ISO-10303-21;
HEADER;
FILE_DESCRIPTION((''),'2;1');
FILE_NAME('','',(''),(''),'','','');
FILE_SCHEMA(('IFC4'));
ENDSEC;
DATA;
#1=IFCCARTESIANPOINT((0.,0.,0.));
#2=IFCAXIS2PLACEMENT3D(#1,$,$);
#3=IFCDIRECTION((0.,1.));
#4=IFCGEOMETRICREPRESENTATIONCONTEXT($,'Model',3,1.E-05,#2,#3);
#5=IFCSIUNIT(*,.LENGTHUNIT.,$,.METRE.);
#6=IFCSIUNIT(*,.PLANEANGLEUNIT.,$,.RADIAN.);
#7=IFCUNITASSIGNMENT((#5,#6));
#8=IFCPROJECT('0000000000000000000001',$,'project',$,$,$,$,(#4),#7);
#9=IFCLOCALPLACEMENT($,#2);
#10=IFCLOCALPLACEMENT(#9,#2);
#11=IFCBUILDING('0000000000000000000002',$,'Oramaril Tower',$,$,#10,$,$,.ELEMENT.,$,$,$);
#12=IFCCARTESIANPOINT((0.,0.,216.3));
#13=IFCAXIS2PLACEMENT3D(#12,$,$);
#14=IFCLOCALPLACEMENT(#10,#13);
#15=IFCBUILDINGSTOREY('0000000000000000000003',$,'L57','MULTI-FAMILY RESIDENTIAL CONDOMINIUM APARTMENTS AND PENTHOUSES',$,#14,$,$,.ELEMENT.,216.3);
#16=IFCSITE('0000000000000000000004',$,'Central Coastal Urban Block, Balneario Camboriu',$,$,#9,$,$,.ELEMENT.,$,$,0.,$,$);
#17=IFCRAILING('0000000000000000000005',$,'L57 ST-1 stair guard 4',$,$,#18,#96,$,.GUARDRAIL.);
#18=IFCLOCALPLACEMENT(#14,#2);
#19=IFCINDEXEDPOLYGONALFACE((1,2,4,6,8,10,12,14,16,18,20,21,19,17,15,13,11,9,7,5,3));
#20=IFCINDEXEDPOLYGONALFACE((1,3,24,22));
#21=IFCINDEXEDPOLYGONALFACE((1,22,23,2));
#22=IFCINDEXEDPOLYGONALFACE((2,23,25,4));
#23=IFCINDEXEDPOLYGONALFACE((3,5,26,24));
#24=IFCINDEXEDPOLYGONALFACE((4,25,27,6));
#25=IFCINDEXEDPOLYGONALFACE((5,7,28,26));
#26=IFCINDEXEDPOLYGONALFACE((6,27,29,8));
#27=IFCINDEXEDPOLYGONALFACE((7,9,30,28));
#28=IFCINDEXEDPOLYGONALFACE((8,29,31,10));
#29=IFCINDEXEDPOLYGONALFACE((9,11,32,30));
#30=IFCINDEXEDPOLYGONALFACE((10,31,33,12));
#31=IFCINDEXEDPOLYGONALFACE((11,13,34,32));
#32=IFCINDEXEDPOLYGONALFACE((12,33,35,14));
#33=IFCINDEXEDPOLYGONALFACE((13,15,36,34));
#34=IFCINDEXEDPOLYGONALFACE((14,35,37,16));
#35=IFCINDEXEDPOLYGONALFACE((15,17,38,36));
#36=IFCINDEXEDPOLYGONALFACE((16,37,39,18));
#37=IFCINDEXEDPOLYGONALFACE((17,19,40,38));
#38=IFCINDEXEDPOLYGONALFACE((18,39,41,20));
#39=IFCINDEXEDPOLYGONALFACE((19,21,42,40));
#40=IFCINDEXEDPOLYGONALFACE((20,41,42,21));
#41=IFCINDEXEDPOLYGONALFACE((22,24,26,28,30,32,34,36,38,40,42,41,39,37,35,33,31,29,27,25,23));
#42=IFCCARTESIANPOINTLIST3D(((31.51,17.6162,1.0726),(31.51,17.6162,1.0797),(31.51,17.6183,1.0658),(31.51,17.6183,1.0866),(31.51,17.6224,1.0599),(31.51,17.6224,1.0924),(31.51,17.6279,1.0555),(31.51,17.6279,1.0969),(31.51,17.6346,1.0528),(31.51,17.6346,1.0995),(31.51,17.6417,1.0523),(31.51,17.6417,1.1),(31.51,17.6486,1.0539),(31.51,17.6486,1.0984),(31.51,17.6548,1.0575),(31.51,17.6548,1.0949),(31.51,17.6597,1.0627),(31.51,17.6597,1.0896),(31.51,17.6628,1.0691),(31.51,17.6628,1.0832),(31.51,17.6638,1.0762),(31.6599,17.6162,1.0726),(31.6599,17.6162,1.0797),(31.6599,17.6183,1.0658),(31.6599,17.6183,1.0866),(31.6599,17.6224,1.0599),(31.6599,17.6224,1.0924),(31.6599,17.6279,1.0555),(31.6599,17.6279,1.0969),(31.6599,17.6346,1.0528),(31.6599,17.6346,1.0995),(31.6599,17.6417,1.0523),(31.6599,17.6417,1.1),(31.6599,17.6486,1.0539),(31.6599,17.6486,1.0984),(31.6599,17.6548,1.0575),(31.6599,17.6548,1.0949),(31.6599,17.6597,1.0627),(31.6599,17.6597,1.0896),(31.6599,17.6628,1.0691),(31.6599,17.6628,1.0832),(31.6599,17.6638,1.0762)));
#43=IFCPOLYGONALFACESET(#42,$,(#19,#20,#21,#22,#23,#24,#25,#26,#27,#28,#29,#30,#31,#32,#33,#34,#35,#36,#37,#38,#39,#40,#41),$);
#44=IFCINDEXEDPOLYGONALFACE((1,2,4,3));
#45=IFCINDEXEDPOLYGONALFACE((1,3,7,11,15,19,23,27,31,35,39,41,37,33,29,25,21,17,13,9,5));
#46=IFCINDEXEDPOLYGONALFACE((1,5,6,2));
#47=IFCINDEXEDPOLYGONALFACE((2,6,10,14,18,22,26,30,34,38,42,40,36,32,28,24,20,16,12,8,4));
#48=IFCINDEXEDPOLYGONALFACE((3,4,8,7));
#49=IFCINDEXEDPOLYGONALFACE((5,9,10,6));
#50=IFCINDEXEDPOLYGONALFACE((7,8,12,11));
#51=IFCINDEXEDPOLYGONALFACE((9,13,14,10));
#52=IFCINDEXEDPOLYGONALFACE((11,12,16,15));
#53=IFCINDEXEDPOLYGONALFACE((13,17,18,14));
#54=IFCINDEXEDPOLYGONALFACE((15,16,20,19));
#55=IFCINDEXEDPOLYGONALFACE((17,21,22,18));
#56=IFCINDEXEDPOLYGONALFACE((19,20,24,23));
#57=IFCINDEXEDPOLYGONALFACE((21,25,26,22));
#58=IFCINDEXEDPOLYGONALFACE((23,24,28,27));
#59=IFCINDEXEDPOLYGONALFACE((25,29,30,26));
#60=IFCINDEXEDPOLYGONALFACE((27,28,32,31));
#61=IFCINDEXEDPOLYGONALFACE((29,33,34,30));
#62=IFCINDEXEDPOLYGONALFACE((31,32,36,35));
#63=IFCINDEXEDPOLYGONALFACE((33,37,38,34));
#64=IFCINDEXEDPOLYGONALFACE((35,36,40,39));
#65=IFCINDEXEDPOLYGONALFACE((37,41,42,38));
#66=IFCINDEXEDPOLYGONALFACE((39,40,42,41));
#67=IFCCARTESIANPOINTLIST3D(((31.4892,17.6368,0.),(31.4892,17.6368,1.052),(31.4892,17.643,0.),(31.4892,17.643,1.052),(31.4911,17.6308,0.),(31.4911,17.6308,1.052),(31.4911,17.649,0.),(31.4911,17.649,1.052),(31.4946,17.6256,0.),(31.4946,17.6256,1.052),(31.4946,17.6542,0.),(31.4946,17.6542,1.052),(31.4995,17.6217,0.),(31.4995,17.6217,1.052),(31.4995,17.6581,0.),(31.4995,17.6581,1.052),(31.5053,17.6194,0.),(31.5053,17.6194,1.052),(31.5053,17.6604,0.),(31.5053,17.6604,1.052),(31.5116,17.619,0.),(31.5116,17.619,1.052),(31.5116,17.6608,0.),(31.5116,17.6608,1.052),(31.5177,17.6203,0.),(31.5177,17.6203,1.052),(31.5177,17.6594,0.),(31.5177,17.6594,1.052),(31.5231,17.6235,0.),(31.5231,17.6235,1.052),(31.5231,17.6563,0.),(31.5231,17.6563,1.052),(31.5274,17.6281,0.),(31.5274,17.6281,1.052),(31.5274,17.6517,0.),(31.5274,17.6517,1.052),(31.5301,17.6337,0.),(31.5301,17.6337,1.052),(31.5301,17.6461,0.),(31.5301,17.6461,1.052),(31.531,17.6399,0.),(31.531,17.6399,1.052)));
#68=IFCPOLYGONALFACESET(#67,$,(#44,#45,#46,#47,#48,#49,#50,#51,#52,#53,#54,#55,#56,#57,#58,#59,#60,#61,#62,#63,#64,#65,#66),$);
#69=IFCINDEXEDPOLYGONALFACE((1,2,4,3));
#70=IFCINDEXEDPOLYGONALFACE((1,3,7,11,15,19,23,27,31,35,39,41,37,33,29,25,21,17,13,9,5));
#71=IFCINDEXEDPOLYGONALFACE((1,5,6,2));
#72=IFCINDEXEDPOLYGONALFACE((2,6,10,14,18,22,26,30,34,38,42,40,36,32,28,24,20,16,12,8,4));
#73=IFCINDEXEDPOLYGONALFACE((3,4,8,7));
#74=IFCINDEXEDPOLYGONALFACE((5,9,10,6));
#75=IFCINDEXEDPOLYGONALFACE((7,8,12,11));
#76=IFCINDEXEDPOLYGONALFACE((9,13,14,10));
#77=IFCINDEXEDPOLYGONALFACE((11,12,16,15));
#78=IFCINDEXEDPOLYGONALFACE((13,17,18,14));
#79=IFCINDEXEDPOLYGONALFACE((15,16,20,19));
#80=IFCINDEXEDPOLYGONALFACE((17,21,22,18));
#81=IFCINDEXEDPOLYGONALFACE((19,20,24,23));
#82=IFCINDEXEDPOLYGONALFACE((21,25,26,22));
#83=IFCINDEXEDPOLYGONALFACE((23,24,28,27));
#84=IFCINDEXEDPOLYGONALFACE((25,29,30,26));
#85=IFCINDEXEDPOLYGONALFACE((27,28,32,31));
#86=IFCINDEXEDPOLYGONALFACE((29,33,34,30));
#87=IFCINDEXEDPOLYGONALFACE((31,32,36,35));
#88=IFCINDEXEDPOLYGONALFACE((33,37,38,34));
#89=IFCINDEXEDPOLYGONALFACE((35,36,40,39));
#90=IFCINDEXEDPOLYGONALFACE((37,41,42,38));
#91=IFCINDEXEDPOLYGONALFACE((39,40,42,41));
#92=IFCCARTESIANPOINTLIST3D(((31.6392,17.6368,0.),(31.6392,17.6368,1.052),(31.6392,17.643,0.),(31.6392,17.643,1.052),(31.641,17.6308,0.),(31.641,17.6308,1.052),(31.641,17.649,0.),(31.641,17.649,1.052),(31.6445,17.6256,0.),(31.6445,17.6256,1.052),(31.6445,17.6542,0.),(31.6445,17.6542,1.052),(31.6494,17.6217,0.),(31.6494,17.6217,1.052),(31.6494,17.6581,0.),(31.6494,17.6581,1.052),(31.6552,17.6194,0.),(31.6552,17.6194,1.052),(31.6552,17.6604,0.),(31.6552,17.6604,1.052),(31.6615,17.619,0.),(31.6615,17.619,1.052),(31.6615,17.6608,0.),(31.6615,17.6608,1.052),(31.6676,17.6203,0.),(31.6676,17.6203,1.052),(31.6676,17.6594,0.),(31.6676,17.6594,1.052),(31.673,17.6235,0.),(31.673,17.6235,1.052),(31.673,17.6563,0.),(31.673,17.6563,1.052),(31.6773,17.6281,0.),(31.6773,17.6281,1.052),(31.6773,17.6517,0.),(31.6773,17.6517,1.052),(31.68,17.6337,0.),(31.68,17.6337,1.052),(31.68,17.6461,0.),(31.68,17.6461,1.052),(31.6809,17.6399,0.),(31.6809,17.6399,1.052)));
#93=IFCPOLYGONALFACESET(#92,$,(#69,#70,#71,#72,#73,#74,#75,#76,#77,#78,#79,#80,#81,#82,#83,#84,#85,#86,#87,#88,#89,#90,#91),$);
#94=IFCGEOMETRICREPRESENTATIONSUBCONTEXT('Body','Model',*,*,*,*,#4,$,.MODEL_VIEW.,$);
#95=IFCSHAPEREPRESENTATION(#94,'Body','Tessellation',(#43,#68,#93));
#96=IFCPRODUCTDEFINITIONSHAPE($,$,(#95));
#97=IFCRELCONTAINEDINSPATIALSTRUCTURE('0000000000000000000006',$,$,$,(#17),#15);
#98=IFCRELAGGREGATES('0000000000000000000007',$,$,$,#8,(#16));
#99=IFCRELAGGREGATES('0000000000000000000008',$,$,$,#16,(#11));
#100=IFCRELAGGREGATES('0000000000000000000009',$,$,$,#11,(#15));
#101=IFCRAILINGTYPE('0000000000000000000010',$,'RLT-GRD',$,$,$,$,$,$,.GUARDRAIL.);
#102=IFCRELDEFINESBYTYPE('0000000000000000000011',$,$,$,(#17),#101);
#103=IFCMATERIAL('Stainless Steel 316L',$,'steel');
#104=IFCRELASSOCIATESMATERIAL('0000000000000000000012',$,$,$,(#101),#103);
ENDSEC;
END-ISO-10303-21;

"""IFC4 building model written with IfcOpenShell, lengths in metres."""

from ifc_helpers import new_model, si_unit, direction, frame, origin, origin_2d, place, context, subcontext, project, spatial, circle, extrude, material, type_object, element, save


model = new_model("IFC4")

# Units and contexts
model_context = context("Model", 3, precision=1e-05, world=origin(), true_north=direction((0.0, 1.0)))
body_context = subcontext(model_context, "Body", "Model", "MODEL_VIEW")
ifc_project = project(units=[si_unit("LENGTHUNIT", "METRE"), si_unit("PLANEANGLEUNIT", "RADIAN")], contexts=[model_context])

# Site, building, storey
site_placement = place(None, origin())
site = spatial("IfcSite", under=ifc_project, at=site_placement, Name="Central Coastal Urban Block, Balneario Camboriu", CompositionType="ELEMENT", RefElevation=0.0)
building_placement = place(site_placement, origin())
building = spatial("IfcBuilding", under=site, at=building_placement, Name="Oramaril Tower", CompositionType="ELEMENT")
storey_placement = place(building_placement, frame((0.0, 0.0, 216.3)))
storey = spatial("IfcBuildingStorey", under=building, at=storey_placement, Name="L57", Description="MULTI-FAMILY RESIDENTIAL CONDOMINIUM APARTMENTS AND PENTHOUSES", CompositionType="ELEMENT", Elevation=216.3)

# Railing
ifc_material_1 = material(Name="Stainless Steel 316L", Category="steel")
railing_type_1 = type_object("IfcRailingType", Name="RLT-GRD", PredefinedType="GUARDRAIL", material=ifc_material_1)
railing_1_placement = place(storey_placement, frame((31.51, 17.6399, 0.0)))
element("IfcRailing", 1, at=railing_1_placement, inside=storey, type_object=railing_type_1, Name="L57 ST-1 stair guard 4", PredefinedType="GUARDRAIL", context=body_context, shape_type="SweptSolid", body=[
    extrude(circle(Radius=0.0239, at=origin_2d()), frame((0.0, 0.0, 1.0762), z_axis=(1.0, 0.0, 0.0), x_axis=(0.0, 1.0, 0.0)), (0.0, 0.0, 1.0), 0.1499),
    extrude(circle(Radius=0.021, at=origin_2d()), origin(), (0.0, 0.0, 1.0), 1.052),
    extrude(circle(Radius=0.021, at=origin_2d()), frame((0.1499, 0.0, 0.0)), (0.0, 0.0, 1.0), 1.052),
])

save(model, "model.ifc")
